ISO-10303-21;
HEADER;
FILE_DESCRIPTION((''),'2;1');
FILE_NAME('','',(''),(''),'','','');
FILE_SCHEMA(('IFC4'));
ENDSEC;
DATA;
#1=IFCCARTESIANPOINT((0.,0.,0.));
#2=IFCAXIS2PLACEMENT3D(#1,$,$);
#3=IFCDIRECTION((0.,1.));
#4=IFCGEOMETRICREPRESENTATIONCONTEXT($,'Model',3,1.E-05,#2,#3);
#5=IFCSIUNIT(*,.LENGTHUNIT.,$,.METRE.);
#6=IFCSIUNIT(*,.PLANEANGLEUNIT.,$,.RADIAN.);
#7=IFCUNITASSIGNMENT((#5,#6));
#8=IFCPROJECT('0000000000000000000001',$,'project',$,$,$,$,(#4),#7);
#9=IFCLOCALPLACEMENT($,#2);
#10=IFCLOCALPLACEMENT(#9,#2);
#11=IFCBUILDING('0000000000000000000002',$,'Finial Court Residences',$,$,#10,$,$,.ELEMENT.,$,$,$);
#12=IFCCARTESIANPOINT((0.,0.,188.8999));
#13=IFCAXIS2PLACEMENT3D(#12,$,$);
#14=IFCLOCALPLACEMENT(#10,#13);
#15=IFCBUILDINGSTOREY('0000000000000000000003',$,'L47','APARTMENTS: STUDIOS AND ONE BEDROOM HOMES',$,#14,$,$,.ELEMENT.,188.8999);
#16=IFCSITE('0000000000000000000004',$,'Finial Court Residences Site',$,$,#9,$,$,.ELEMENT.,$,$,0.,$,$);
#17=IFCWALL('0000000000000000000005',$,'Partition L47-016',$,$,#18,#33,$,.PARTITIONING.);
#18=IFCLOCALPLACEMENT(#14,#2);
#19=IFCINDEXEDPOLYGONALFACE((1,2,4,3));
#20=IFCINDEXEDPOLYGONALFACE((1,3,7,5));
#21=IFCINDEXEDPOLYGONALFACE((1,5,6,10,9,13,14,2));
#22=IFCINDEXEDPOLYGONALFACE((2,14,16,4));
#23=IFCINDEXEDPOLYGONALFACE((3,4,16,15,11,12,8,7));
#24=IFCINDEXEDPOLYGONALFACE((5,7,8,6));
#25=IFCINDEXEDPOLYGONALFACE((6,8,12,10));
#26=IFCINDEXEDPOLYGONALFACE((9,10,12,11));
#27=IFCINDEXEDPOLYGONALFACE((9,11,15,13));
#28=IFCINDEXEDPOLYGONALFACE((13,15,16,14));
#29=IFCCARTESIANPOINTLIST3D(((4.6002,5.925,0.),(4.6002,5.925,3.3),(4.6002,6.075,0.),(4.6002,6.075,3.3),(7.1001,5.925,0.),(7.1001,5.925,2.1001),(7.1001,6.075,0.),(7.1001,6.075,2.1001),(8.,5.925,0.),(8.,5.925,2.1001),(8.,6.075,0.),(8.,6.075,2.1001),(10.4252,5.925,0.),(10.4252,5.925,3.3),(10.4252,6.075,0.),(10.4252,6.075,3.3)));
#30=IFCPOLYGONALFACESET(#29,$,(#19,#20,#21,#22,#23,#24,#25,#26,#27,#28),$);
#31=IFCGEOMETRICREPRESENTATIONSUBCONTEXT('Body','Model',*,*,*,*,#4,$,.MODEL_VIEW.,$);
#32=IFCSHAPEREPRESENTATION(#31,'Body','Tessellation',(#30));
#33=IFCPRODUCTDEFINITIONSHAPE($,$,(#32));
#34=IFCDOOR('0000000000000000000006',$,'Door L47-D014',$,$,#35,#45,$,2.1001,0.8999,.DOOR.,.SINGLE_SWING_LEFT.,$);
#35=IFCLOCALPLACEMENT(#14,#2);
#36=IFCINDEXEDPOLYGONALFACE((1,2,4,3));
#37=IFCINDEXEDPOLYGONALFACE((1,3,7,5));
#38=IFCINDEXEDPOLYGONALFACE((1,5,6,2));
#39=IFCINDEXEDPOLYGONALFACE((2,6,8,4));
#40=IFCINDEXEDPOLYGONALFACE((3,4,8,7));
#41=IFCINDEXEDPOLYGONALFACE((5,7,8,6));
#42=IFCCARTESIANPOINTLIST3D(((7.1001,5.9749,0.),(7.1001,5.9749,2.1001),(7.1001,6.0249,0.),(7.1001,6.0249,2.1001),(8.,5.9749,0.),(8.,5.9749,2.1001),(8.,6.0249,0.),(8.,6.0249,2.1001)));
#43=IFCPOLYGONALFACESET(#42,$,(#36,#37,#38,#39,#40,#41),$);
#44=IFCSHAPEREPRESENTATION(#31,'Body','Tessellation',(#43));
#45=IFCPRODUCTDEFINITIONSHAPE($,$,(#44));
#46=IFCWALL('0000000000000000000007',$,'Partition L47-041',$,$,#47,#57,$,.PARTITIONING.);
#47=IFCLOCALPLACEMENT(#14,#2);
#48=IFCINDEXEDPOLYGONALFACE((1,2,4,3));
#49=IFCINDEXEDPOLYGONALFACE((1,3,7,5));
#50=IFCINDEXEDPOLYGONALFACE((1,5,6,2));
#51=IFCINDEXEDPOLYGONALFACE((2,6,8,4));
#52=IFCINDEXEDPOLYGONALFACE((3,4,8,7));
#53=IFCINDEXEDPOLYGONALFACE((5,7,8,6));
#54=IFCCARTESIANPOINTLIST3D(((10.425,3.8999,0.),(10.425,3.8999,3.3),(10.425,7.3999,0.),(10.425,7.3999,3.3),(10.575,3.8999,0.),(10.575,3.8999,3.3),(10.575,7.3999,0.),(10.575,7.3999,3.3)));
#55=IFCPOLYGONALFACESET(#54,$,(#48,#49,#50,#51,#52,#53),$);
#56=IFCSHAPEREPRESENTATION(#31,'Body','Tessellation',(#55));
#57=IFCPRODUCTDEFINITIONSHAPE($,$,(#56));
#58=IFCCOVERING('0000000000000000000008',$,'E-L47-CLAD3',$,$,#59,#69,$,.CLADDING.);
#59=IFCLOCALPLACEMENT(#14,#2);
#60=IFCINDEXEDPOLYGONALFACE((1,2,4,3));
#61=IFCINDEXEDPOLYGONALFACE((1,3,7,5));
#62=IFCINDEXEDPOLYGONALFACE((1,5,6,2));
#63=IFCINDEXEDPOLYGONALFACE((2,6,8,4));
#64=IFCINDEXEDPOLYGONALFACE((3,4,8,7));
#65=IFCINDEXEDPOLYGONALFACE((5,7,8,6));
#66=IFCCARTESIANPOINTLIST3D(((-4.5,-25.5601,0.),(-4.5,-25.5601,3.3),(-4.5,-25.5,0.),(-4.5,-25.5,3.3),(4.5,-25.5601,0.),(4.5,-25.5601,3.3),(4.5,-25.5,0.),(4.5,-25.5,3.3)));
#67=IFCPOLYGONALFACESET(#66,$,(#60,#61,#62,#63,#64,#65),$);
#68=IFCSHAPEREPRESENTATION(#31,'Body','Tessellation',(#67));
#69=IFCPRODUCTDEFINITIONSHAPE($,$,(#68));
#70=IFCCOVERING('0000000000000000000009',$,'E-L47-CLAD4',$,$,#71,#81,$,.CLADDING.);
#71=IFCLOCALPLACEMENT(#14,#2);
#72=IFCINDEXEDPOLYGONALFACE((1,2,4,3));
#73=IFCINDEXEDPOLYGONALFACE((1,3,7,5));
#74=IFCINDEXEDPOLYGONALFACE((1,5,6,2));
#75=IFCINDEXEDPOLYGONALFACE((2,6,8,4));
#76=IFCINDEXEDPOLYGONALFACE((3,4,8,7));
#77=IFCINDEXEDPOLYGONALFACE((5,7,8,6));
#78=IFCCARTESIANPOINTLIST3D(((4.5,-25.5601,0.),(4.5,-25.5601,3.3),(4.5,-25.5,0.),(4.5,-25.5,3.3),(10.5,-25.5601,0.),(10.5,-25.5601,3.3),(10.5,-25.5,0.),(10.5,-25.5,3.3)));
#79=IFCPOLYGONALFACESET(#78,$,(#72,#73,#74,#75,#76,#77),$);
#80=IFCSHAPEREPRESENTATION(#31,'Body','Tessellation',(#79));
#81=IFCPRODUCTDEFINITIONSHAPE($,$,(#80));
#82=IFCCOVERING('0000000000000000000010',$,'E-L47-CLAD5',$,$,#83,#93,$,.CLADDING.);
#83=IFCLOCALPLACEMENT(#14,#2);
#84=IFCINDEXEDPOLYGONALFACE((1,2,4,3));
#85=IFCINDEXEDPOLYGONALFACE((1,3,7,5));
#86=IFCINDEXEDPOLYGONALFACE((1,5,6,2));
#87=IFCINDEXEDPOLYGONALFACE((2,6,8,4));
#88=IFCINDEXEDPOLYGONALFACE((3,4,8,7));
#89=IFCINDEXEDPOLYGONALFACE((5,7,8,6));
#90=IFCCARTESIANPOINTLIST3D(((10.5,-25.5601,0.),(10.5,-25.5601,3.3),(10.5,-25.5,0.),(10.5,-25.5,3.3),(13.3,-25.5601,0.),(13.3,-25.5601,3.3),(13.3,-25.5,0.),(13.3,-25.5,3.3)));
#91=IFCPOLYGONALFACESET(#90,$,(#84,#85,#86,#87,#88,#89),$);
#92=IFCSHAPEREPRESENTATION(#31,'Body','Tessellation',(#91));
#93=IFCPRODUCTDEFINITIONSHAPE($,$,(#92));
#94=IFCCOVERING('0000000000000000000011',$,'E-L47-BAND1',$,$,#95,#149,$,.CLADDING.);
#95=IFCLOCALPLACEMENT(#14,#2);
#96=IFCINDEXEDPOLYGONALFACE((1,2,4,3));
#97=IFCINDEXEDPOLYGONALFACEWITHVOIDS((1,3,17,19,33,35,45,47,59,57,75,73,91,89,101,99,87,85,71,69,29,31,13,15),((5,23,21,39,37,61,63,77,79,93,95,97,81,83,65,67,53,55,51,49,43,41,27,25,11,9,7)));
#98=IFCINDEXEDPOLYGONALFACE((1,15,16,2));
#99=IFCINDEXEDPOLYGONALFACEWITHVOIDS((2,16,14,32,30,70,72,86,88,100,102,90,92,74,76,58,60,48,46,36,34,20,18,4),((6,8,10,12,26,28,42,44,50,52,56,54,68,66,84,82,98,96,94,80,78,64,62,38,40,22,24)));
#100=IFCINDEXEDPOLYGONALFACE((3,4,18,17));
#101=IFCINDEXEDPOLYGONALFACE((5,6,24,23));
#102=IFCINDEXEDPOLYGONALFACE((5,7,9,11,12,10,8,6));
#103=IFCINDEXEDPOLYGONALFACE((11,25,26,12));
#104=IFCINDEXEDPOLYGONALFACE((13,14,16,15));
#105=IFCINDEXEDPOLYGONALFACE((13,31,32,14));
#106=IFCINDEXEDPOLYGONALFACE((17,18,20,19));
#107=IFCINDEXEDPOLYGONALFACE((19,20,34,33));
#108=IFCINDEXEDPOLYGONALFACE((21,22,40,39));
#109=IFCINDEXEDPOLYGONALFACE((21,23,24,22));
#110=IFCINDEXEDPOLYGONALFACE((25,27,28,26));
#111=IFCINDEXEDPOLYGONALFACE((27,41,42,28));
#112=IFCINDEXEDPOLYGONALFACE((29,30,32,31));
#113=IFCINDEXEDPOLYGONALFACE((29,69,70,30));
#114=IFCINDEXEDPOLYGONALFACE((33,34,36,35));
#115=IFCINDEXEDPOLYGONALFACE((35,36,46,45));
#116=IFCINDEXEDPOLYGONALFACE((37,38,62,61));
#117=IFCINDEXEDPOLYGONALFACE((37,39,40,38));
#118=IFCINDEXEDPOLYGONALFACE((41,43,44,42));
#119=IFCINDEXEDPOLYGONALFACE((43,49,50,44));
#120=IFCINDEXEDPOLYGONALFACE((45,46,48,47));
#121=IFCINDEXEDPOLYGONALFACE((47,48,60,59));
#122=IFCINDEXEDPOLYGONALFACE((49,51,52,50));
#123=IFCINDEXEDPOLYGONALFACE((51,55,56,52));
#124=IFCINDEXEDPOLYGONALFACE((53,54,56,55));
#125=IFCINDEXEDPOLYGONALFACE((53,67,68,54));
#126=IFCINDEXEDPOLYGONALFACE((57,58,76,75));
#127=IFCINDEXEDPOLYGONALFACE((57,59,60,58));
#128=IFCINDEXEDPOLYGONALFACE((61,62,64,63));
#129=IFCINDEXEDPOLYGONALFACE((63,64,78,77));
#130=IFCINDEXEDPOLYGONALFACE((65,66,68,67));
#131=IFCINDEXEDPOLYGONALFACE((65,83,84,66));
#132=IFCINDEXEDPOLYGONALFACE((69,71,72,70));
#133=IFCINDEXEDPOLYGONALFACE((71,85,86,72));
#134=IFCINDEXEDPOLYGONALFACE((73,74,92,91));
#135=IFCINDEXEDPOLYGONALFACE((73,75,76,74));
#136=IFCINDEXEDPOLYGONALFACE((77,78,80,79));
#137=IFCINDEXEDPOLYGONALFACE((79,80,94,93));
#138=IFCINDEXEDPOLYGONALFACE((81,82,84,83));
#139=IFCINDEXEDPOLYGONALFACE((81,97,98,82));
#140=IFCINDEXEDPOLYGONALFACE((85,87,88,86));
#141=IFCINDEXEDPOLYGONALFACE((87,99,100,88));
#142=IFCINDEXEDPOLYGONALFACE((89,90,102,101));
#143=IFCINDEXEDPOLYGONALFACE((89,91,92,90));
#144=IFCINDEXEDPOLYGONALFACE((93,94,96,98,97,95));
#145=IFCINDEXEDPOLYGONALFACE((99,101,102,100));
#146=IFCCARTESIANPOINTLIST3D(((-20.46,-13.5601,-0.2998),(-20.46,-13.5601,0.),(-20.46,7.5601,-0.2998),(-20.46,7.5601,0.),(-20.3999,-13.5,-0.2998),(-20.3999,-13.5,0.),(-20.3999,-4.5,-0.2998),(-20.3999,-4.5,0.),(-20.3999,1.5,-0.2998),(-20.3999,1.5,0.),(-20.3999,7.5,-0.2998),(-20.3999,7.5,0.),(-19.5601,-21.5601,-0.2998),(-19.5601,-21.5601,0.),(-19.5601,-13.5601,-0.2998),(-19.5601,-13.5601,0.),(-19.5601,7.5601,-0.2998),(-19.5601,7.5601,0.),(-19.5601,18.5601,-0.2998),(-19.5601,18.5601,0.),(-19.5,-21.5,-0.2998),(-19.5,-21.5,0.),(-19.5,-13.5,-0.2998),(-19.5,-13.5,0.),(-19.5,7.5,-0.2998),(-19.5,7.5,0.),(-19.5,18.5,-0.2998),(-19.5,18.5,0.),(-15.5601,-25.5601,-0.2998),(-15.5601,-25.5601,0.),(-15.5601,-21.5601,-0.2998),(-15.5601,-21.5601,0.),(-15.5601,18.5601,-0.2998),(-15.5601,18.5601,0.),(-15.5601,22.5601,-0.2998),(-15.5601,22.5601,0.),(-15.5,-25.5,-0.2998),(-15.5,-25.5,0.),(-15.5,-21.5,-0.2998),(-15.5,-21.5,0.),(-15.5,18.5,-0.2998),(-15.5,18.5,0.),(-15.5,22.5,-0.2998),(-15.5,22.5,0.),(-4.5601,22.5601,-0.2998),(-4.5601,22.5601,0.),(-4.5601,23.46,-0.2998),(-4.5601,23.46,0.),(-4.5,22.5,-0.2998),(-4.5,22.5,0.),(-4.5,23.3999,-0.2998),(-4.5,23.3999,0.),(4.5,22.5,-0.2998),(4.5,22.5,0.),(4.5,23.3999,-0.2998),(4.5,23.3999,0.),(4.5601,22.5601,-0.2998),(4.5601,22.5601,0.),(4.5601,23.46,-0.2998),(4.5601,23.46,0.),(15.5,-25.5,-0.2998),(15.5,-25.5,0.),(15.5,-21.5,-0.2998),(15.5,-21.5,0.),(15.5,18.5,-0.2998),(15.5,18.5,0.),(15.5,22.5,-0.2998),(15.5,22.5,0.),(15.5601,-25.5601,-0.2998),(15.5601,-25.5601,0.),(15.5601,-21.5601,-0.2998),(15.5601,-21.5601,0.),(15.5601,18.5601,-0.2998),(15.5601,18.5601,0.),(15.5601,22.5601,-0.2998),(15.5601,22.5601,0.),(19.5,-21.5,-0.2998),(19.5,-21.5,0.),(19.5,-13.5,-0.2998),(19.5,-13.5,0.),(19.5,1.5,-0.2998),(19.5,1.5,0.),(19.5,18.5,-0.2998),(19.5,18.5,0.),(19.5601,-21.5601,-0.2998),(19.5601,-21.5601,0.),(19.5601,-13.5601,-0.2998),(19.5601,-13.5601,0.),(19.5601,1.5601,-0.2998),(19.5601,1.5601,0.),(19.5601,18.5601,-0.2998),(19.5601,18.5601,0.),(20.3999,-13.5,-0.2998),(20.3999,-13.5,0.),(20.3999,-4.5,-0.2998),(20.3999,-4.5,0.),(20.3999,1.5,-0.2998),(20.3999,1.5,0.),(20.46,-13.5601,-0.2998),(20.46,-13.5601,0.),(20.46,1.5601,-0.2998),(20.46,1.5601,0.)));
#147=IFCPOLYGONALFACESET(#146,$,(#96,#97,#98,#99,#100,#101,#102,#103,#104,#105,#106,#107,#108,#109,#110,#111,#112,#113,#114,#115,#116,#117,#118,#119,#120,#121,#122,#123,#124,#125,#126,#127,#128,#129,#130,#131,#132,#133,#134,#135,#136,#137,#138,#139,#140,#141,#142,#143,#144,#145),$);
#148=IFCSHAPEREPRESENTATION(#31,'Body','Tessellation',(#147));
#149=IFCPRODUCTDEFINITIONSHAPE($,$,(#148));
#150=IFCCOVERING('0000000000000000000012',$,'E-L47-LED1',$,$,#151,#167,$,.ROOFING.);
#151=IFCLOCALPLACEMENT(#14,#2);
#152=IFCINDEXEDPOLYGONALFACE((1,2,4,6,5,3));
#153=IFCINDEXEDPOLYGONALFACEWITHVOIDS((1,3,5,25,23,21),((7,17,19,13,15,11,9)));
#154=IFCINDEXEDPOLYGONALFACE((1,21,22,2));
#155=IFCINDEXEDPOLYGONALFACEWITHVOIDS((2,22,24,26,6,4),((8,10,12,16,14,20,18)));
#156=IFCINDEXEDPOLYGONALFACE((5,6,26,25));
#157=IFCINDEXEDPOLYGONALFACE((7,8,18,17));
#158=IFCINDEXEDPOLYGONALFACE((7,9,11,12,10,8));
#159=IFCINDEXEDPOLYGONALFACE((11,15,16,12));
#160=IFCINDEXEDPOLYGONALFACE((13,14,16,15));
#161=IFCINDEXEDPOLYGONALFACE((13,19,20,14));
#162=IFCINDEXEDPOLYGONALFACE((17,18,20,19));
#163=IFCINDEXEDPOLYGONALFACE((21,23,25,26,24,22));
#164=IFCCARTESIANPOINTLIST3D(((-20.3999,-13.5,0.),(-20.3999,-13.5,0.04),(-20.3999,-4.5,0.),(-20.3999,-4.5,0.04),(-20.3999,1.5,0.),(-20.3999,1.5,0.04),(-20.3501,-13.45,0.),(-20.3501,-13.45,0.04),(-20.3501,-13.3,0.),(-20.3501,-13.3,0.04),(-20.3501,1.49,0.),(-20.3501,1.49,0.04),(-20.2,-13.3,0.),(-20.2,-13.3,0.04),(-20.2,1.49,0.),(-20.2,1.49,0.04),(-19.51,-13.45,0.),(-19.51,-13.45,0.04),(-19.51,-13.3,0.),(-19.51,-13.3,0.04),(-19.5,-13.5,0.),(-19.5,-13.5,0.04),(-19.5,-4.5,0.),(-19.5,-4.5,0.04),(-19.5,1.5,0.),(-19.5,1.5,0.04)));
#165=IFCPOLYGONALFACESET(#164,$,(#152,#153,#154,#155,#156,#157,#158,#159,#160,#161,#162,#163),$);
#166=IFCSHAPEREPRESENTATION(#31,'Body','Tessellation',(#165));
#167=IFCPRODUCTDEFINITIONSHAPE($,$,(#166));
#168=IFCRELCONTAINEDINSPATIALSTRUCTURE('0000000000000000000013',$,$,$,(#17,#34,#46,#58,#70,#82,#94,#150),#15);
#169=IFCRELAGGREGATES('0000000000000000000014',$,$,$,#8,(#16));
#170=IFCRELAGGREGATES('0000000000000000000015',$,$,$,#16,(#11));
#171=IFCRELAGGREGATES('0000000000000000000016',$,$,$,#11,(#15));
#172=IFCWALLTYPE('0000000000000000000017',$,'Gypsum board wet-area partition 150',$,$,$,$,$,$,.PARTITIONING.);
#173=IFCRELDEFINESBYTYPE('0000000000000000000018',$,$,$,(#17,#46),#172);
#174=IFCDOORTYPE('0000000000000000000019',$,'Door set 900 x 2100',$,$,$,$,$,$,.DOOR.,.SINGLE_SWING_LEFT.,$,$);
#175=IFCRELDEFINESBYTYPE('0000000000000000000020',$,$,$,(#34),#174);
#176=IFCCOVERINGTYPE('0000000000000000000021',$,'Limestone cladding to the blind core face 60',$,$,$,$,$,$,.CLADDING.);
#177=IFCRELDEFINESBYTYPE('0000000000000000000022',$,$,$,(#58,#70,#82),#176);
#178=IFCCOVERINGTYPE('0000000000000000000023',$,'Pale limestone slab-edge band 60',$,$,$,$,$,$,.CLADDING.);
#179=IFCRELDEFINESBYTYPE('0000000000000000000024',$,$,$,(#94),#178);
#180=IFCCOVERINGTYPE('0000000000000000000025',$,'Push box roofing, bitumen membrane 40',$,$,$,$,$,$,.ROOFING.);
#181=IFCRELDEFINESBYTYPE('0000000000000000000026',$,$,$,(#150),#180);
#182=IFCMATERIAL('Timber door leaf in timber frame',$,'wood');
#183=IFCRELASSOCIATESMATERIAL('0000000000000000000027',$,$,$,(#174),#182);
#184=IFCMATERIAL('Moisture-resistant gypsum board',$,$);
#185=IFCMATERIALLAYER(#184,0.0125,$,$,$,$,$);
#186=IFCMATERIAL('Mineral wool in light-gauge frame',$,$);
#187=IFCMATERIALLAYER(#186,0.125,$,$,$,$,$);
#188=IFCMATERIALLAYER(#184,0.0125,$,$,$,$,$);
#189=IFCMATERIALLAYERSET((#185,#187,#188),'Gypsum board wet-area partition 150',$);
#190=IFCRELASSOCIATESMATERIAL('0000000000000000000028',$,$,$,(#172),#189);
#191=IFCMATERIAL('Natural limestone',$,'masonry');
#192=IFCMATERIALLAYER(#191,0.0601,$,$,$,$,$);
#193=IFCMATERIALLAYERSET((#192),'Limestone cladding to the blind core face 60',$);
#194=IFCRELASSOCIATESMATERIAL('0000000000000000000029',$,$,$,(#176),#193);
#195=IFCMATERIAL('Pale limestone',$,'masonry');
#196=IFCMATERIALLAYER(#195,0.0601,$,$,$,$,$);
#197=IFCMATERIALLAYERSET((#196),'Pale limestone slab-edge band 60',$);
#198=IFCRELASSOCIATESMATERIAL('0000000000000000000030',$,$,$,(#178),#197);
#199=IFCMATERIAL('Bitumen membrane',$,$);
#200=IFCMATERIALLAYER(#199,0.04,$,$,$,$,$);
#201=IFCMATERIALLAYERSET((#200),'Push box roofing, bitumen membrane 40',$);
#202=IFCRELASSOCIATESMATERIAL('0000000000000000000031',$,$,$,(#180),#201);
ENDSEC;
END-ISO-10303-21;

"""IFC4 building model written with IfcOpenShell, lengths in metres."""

from ifc_helpers import new_model, si_unit, direction, frame, frame_2d, origin, place, context, subcontext, project, spatial, polyline, rectangle, outline, extrude, material, layer, layer_set, type_object, element, fill, save


model = new_model("IFC4")

# Units and contexts
model_context = context("Model", 3, precision=1e-05, world=origin(), true_north=direction((0.0, 1.0)))
body_context = subcontext(model_context, "Body", "Model", "MODEL_VIEW")
ifc_project = project(units=[si_unit("LENGTHUNIT", "METRE"), si_unit("PLANEANGLEUNIT", "RADIAN")], contexts=[model_context])

# Site, building, storey
site_placement = place(None, origin())
site = spatial("IfcSite", under=ifc_project, at=site_placement, Name="Finial Court Residences Site", CompositionType="ELEMENT", RefElevation=0.0)
building_placement = place(site_placement, origin())
building = spatial("IfcBuilding", under=site, at=building_placement, Name="Finial Court Residences", CompositionType="ELEMENT")
storey_placement = place(building_placement, frame((0.0, 0.0, 188.8999)))
storey = spatial("IfcBuildingStorey", under=building, at=storey_placement, Name="L47", Description="APARTMENTS: STUDIOS AND ONE BEDROOM HOMES", CompositionType="ELEMENT", Elevation=188.8999)

# Wall, opening, door
ifc_material_1 = material(Name="Mineral wool in light-gauge frame")
ifc_material_2 = material(Name="Timber door leaf in timber frame", Category="wood")
door_type = type_object("IfcDoorType", Name="Door set 900 x 2100", OperationType="SINGLE_SWING_LEFT", PredefinedType="DOOR", material=ifc_material_2)
ifc_material_3 = material(Name="Moisture-resistant gypsum board")
ifc_layer_1 = layer(ifc_material_3, 0.0125)
ifc_layer_2 = layer(ifc_material_1, 0.125)
ifc_layer_3 = layer(ifc_material_3, 0.0125)
ifc_layer_set_1 = layer_set([ifc_layer_1, ifc_layer_2, ifc_layer_3], Name="Gypsum board wet-area partition 150")
wall_type_1 = type_object("IfcWallType", Name="Gypsum board wet-area partition 150", PredefinedType="PARTITIONING", material=ifc_layer_set_1)
wall_1_placement = place(storey_placement, frame((4.6001, 6.0, 0.0), z_axis=(0.0, 0.0, 1.0), x_axis=(1.0, 0.0, 0.0)))
wall_1 = element("IfcWall", 1, at=wall_1_placement, inside=storey, type_object=wall_type_1, Name="Partition L47-016", PredefinedType="PARTITIONING", context=body_context, shape_type="SweptSolid", body=[
    extrude(rectangle(XDim=5.825, YDim=0.1499, at=frame_2d((2.9126, 0.0))), origin(), (0.0, 0.0, 1.0), 3.3),
])
opening_1_placement = place(wall_1_placement, frame((2.5, 0.0, 0.0)))
opening_1 = element("IfcOpeningElement", 2, at=opening_1_placement, cuts=wall_1, PredefinedType="OPENING", context=body_context, shape_type="SweptSolid", body=[
    extrude(rectangle(XDim=0.8999, YDim=2.1001, at=frame_2d((0.45, 1.05))), frame((0.0, 0.085, 0.0), z_axis=(0.0, -1.0, 0.0), x_axis=(1.0, 0.0, 0.0)), (0.0, 0.0, 1.0), 0.1699),
])
door_1_placement = place(opening_1_placement, origin())
door_1 = element("IfcDoor", 3, at=door_1_placement, inside=storey, type_object=door_type, Name="Door L47-D014", OperationType="SINGLE_SWING_LEFT", OverallHeight=2.1001, OverallWidth=0.8999, PredefinedType="DOOR", context=body_context, shape_type="SweptSolid", body=[
    extrude(rectangle(XDim=0.8999, YDim=2.1001, at=frame_2d((0.45, 1.05))), frame((0.0, 0.0249, 0.0), z_axis=(0.0, -1.0, 0.0), x_axis=(1.0, 0.0, 0.0)), (0.0, 0.0, 1.0), 0.05),
])
fill(opening_1, door_1)

# Wall
wall_2_placement = place(storey_placement, frame((10.5, 3.8999, 0.0), z_axis=(0.0, 0.0, 1.0), x_axis=(0.0, 1.0, 0.0)))
element("IfcWall", 4, at=wall_2_placement, inside=storey, type_object=wall_type_1, Name="Partition L47-041", PredefinedType="PARTITIONING", context=body_context, shape_type="SweptSolid", body=[
    extrude(rectangle(XDim=3.5, YDim=0.1499, at=frame_2d((1.75, 0.0))), origin(), (0.0, 0.0, 1.0), 3.3),
])

# Coverings
ifc_material_4 = material(Name="Natural limestone", Category="masonry")
ifc_layer_4 = layer(ifc_material_4, 0.0601)
ifc_layer_set_2 = layer_set([ifc_layer_4], Name="Limestone cladding to the blind core face 60")
covering_type_1 = type_object("IfcCoveringType", Name="Limestone cladding to the blind core face 60", PredefinedType="CLADDING", material=ifc_layer_set_2)
covering_1_placement = place(storey_placement, origin())
element("IfcCovering", 5, at=covering_1_placement, inside=storey, type_object=covering_type_1, Name="E-L47-CLAD3", PredefinedType="CLADDING", context=body_context, shape_type="SweptSolid", body=[
    extrude(outline(polyline([(4.5, -25.5601), (4.5, -25.5), (-4.5, -25.5), (-4.5, -25.5601), (4.5, -25.5601)])), origin(), (0.0, 0.0, 1.0), 3.3),
])
covering_2_placement = place(storey_placement, origin())
element("IfcCovering", 6, at=covering_2_placement, inside=storey, type_object=covering_type_1, Name="E-L47-CLAD4", PredefinedType="CLADDING", context=body_context, shape_type="SweptSolid", body=[
    extrude(outline(polyline([(10.5, -25.5601), (10.5, -25.5), (4.5, -25.5), (4.5, -25.5601), (10.5, -25.5601)])), origin(), (0.0, 0.0, 1.0), 3.3),
])
covering_3_placement = place(storey_placement, origin())
element("IfcCovering", 7, at=covering_3_placement, inside=storey, type_object=covering_type_1, Name="E-L47-CLAD5", PredefinedType="CLADDING", context=body_context, shape_type="SweptSolid", body=[
    extrude(outline(polyline([(13.3, -25.5601), (13.3, -25.5), (10.5, -25.5), (10.5, -25.5601), (13.3, -25.5601)])), origin(), (0.0, 0.0, 1.0), 3.3),
])
ifc_material_5 = material(Name="Pale limestone", Category="masonry")
ifc_layer_5 = layer(ifc_material_5, 0.0601)
ifc_layer_set_3 = layer_set([ifc_layer_5], Name="Pale limestone slab-edge band 60")
covering_type_2 = type_object("IfcCoveringType", Name="Pale limestone slab-edge band 60", PredefinedType="CLADDING", material=ifc_layer_set_3)
covering_4_placement = place(storey_placement, frame((0.0, 0.0, -0.2998)))
element("IfcCovering", 8, at=covering_4_placement, inside=storey, type_object=covering_type_2, Name="E-L47-BAND1", PredefinedType="CLADDING", context=body_context, shape_type="SweptSolid", body=[
    extrude(outline(polyline([(-20.46, 7.5601), (-19.5601, 7.5601), (-19.5601, 18.5601), (-15.5601, 18.5601), (-15.5601, 22.5601), (-4.5601, 22.5601), (-4.5601, 23.46), (4.5601, 23.46), (4.5601, 22.5601), (15.5601, 22.5601), (15.5601, 18.5601), (19.5601, 18.5601), (19.5601, 1.5601), (20.46, 1.5601), (20.46, -13.5601), (19.5601, -13.5601), (19.5601, -21.5601), (15.5601, -21.5601), (15.5601, -25.5601), (-15.5601, -25.5601), (-15.5601, -21.5601), (-19.5601, -21.5601), (-19.5601, -13.5601), (-20.46, -13.5601), (-20.46, 7.5601)]), holes=[polyline([(-19.5, -13.5), (-19.5, -21.5), (-15.5, -21.5), (-15.5, -25.5), (15.5, -25.5), (15.5, -21.5), (19.5, -21.5), (19.5, -13.5), (20.3999, -13.5), (20.3999, -4.5), (20.3999, 1.5), (19.5, 1.5), (19.5, 18.5), (15.5, 18.5), (15.5, 22.5), (4.5, 22.5), (4.5, 23.3999), (-4.5, 23.3999), (-4.5, 22.5), (-15.5, 22.5), (-15.5, 18.5), (-19.5, 18.5), (-19.5, 7.5), (-20.3999, 7.5), (-20.3999, 1.5), (-20.3999, -4.5), (-20.3999, -13.5), (-19.5, -13.5)])]), origin(), (0.0, 0.0, 1.0), 0.2998),
])
ifc_material_6 = material(Name="Bitumen membrane")
ifc_layer_6 = layer(ifc_material_6, 0.04)
ifc_layer_set_4 = layer_set([ifc_layer_6], Name="Push box roofing, bitumen membrane 40")
covering_type_3 = type_object("IfcCoveringType", Name="Push box roofing, bitumen membrane 40", PredefinedType="ROOFING", material=ifc_layer_set_4)
covering_5_placement = place(storey_placement, origin())
element("IfcCovering", 9, at=covering_5_placement, inside=storey, type_object=covering_type_3, Name="E-L47-LED1", PredefinedType="ROOFING", context=body_context, shape_type="SweptSolid", body=[
    extrude(outline(polyline([(-19.5, -13.5), (-20.3999, -13.5), (-20.3999, -4.5), (-20.3999, 1.5), (-19.5, 1.5), (-19.5, -4.5), (-19.5, -13.5)]), holes=[polyline([(-20.3501, -13.45), (-19.51, -13.45), (-19.51, -13.3), (-20.2, -13.3), (-20.2, 1.49), (-20.3501, 1.49), (-20.3501, -13.3), (-20.3501, -13.3), (-20.3501, -13.45)])]), origin(), (0.0, 0.0, 1.0), 0.04),
])

save(model, "model.ifc")
